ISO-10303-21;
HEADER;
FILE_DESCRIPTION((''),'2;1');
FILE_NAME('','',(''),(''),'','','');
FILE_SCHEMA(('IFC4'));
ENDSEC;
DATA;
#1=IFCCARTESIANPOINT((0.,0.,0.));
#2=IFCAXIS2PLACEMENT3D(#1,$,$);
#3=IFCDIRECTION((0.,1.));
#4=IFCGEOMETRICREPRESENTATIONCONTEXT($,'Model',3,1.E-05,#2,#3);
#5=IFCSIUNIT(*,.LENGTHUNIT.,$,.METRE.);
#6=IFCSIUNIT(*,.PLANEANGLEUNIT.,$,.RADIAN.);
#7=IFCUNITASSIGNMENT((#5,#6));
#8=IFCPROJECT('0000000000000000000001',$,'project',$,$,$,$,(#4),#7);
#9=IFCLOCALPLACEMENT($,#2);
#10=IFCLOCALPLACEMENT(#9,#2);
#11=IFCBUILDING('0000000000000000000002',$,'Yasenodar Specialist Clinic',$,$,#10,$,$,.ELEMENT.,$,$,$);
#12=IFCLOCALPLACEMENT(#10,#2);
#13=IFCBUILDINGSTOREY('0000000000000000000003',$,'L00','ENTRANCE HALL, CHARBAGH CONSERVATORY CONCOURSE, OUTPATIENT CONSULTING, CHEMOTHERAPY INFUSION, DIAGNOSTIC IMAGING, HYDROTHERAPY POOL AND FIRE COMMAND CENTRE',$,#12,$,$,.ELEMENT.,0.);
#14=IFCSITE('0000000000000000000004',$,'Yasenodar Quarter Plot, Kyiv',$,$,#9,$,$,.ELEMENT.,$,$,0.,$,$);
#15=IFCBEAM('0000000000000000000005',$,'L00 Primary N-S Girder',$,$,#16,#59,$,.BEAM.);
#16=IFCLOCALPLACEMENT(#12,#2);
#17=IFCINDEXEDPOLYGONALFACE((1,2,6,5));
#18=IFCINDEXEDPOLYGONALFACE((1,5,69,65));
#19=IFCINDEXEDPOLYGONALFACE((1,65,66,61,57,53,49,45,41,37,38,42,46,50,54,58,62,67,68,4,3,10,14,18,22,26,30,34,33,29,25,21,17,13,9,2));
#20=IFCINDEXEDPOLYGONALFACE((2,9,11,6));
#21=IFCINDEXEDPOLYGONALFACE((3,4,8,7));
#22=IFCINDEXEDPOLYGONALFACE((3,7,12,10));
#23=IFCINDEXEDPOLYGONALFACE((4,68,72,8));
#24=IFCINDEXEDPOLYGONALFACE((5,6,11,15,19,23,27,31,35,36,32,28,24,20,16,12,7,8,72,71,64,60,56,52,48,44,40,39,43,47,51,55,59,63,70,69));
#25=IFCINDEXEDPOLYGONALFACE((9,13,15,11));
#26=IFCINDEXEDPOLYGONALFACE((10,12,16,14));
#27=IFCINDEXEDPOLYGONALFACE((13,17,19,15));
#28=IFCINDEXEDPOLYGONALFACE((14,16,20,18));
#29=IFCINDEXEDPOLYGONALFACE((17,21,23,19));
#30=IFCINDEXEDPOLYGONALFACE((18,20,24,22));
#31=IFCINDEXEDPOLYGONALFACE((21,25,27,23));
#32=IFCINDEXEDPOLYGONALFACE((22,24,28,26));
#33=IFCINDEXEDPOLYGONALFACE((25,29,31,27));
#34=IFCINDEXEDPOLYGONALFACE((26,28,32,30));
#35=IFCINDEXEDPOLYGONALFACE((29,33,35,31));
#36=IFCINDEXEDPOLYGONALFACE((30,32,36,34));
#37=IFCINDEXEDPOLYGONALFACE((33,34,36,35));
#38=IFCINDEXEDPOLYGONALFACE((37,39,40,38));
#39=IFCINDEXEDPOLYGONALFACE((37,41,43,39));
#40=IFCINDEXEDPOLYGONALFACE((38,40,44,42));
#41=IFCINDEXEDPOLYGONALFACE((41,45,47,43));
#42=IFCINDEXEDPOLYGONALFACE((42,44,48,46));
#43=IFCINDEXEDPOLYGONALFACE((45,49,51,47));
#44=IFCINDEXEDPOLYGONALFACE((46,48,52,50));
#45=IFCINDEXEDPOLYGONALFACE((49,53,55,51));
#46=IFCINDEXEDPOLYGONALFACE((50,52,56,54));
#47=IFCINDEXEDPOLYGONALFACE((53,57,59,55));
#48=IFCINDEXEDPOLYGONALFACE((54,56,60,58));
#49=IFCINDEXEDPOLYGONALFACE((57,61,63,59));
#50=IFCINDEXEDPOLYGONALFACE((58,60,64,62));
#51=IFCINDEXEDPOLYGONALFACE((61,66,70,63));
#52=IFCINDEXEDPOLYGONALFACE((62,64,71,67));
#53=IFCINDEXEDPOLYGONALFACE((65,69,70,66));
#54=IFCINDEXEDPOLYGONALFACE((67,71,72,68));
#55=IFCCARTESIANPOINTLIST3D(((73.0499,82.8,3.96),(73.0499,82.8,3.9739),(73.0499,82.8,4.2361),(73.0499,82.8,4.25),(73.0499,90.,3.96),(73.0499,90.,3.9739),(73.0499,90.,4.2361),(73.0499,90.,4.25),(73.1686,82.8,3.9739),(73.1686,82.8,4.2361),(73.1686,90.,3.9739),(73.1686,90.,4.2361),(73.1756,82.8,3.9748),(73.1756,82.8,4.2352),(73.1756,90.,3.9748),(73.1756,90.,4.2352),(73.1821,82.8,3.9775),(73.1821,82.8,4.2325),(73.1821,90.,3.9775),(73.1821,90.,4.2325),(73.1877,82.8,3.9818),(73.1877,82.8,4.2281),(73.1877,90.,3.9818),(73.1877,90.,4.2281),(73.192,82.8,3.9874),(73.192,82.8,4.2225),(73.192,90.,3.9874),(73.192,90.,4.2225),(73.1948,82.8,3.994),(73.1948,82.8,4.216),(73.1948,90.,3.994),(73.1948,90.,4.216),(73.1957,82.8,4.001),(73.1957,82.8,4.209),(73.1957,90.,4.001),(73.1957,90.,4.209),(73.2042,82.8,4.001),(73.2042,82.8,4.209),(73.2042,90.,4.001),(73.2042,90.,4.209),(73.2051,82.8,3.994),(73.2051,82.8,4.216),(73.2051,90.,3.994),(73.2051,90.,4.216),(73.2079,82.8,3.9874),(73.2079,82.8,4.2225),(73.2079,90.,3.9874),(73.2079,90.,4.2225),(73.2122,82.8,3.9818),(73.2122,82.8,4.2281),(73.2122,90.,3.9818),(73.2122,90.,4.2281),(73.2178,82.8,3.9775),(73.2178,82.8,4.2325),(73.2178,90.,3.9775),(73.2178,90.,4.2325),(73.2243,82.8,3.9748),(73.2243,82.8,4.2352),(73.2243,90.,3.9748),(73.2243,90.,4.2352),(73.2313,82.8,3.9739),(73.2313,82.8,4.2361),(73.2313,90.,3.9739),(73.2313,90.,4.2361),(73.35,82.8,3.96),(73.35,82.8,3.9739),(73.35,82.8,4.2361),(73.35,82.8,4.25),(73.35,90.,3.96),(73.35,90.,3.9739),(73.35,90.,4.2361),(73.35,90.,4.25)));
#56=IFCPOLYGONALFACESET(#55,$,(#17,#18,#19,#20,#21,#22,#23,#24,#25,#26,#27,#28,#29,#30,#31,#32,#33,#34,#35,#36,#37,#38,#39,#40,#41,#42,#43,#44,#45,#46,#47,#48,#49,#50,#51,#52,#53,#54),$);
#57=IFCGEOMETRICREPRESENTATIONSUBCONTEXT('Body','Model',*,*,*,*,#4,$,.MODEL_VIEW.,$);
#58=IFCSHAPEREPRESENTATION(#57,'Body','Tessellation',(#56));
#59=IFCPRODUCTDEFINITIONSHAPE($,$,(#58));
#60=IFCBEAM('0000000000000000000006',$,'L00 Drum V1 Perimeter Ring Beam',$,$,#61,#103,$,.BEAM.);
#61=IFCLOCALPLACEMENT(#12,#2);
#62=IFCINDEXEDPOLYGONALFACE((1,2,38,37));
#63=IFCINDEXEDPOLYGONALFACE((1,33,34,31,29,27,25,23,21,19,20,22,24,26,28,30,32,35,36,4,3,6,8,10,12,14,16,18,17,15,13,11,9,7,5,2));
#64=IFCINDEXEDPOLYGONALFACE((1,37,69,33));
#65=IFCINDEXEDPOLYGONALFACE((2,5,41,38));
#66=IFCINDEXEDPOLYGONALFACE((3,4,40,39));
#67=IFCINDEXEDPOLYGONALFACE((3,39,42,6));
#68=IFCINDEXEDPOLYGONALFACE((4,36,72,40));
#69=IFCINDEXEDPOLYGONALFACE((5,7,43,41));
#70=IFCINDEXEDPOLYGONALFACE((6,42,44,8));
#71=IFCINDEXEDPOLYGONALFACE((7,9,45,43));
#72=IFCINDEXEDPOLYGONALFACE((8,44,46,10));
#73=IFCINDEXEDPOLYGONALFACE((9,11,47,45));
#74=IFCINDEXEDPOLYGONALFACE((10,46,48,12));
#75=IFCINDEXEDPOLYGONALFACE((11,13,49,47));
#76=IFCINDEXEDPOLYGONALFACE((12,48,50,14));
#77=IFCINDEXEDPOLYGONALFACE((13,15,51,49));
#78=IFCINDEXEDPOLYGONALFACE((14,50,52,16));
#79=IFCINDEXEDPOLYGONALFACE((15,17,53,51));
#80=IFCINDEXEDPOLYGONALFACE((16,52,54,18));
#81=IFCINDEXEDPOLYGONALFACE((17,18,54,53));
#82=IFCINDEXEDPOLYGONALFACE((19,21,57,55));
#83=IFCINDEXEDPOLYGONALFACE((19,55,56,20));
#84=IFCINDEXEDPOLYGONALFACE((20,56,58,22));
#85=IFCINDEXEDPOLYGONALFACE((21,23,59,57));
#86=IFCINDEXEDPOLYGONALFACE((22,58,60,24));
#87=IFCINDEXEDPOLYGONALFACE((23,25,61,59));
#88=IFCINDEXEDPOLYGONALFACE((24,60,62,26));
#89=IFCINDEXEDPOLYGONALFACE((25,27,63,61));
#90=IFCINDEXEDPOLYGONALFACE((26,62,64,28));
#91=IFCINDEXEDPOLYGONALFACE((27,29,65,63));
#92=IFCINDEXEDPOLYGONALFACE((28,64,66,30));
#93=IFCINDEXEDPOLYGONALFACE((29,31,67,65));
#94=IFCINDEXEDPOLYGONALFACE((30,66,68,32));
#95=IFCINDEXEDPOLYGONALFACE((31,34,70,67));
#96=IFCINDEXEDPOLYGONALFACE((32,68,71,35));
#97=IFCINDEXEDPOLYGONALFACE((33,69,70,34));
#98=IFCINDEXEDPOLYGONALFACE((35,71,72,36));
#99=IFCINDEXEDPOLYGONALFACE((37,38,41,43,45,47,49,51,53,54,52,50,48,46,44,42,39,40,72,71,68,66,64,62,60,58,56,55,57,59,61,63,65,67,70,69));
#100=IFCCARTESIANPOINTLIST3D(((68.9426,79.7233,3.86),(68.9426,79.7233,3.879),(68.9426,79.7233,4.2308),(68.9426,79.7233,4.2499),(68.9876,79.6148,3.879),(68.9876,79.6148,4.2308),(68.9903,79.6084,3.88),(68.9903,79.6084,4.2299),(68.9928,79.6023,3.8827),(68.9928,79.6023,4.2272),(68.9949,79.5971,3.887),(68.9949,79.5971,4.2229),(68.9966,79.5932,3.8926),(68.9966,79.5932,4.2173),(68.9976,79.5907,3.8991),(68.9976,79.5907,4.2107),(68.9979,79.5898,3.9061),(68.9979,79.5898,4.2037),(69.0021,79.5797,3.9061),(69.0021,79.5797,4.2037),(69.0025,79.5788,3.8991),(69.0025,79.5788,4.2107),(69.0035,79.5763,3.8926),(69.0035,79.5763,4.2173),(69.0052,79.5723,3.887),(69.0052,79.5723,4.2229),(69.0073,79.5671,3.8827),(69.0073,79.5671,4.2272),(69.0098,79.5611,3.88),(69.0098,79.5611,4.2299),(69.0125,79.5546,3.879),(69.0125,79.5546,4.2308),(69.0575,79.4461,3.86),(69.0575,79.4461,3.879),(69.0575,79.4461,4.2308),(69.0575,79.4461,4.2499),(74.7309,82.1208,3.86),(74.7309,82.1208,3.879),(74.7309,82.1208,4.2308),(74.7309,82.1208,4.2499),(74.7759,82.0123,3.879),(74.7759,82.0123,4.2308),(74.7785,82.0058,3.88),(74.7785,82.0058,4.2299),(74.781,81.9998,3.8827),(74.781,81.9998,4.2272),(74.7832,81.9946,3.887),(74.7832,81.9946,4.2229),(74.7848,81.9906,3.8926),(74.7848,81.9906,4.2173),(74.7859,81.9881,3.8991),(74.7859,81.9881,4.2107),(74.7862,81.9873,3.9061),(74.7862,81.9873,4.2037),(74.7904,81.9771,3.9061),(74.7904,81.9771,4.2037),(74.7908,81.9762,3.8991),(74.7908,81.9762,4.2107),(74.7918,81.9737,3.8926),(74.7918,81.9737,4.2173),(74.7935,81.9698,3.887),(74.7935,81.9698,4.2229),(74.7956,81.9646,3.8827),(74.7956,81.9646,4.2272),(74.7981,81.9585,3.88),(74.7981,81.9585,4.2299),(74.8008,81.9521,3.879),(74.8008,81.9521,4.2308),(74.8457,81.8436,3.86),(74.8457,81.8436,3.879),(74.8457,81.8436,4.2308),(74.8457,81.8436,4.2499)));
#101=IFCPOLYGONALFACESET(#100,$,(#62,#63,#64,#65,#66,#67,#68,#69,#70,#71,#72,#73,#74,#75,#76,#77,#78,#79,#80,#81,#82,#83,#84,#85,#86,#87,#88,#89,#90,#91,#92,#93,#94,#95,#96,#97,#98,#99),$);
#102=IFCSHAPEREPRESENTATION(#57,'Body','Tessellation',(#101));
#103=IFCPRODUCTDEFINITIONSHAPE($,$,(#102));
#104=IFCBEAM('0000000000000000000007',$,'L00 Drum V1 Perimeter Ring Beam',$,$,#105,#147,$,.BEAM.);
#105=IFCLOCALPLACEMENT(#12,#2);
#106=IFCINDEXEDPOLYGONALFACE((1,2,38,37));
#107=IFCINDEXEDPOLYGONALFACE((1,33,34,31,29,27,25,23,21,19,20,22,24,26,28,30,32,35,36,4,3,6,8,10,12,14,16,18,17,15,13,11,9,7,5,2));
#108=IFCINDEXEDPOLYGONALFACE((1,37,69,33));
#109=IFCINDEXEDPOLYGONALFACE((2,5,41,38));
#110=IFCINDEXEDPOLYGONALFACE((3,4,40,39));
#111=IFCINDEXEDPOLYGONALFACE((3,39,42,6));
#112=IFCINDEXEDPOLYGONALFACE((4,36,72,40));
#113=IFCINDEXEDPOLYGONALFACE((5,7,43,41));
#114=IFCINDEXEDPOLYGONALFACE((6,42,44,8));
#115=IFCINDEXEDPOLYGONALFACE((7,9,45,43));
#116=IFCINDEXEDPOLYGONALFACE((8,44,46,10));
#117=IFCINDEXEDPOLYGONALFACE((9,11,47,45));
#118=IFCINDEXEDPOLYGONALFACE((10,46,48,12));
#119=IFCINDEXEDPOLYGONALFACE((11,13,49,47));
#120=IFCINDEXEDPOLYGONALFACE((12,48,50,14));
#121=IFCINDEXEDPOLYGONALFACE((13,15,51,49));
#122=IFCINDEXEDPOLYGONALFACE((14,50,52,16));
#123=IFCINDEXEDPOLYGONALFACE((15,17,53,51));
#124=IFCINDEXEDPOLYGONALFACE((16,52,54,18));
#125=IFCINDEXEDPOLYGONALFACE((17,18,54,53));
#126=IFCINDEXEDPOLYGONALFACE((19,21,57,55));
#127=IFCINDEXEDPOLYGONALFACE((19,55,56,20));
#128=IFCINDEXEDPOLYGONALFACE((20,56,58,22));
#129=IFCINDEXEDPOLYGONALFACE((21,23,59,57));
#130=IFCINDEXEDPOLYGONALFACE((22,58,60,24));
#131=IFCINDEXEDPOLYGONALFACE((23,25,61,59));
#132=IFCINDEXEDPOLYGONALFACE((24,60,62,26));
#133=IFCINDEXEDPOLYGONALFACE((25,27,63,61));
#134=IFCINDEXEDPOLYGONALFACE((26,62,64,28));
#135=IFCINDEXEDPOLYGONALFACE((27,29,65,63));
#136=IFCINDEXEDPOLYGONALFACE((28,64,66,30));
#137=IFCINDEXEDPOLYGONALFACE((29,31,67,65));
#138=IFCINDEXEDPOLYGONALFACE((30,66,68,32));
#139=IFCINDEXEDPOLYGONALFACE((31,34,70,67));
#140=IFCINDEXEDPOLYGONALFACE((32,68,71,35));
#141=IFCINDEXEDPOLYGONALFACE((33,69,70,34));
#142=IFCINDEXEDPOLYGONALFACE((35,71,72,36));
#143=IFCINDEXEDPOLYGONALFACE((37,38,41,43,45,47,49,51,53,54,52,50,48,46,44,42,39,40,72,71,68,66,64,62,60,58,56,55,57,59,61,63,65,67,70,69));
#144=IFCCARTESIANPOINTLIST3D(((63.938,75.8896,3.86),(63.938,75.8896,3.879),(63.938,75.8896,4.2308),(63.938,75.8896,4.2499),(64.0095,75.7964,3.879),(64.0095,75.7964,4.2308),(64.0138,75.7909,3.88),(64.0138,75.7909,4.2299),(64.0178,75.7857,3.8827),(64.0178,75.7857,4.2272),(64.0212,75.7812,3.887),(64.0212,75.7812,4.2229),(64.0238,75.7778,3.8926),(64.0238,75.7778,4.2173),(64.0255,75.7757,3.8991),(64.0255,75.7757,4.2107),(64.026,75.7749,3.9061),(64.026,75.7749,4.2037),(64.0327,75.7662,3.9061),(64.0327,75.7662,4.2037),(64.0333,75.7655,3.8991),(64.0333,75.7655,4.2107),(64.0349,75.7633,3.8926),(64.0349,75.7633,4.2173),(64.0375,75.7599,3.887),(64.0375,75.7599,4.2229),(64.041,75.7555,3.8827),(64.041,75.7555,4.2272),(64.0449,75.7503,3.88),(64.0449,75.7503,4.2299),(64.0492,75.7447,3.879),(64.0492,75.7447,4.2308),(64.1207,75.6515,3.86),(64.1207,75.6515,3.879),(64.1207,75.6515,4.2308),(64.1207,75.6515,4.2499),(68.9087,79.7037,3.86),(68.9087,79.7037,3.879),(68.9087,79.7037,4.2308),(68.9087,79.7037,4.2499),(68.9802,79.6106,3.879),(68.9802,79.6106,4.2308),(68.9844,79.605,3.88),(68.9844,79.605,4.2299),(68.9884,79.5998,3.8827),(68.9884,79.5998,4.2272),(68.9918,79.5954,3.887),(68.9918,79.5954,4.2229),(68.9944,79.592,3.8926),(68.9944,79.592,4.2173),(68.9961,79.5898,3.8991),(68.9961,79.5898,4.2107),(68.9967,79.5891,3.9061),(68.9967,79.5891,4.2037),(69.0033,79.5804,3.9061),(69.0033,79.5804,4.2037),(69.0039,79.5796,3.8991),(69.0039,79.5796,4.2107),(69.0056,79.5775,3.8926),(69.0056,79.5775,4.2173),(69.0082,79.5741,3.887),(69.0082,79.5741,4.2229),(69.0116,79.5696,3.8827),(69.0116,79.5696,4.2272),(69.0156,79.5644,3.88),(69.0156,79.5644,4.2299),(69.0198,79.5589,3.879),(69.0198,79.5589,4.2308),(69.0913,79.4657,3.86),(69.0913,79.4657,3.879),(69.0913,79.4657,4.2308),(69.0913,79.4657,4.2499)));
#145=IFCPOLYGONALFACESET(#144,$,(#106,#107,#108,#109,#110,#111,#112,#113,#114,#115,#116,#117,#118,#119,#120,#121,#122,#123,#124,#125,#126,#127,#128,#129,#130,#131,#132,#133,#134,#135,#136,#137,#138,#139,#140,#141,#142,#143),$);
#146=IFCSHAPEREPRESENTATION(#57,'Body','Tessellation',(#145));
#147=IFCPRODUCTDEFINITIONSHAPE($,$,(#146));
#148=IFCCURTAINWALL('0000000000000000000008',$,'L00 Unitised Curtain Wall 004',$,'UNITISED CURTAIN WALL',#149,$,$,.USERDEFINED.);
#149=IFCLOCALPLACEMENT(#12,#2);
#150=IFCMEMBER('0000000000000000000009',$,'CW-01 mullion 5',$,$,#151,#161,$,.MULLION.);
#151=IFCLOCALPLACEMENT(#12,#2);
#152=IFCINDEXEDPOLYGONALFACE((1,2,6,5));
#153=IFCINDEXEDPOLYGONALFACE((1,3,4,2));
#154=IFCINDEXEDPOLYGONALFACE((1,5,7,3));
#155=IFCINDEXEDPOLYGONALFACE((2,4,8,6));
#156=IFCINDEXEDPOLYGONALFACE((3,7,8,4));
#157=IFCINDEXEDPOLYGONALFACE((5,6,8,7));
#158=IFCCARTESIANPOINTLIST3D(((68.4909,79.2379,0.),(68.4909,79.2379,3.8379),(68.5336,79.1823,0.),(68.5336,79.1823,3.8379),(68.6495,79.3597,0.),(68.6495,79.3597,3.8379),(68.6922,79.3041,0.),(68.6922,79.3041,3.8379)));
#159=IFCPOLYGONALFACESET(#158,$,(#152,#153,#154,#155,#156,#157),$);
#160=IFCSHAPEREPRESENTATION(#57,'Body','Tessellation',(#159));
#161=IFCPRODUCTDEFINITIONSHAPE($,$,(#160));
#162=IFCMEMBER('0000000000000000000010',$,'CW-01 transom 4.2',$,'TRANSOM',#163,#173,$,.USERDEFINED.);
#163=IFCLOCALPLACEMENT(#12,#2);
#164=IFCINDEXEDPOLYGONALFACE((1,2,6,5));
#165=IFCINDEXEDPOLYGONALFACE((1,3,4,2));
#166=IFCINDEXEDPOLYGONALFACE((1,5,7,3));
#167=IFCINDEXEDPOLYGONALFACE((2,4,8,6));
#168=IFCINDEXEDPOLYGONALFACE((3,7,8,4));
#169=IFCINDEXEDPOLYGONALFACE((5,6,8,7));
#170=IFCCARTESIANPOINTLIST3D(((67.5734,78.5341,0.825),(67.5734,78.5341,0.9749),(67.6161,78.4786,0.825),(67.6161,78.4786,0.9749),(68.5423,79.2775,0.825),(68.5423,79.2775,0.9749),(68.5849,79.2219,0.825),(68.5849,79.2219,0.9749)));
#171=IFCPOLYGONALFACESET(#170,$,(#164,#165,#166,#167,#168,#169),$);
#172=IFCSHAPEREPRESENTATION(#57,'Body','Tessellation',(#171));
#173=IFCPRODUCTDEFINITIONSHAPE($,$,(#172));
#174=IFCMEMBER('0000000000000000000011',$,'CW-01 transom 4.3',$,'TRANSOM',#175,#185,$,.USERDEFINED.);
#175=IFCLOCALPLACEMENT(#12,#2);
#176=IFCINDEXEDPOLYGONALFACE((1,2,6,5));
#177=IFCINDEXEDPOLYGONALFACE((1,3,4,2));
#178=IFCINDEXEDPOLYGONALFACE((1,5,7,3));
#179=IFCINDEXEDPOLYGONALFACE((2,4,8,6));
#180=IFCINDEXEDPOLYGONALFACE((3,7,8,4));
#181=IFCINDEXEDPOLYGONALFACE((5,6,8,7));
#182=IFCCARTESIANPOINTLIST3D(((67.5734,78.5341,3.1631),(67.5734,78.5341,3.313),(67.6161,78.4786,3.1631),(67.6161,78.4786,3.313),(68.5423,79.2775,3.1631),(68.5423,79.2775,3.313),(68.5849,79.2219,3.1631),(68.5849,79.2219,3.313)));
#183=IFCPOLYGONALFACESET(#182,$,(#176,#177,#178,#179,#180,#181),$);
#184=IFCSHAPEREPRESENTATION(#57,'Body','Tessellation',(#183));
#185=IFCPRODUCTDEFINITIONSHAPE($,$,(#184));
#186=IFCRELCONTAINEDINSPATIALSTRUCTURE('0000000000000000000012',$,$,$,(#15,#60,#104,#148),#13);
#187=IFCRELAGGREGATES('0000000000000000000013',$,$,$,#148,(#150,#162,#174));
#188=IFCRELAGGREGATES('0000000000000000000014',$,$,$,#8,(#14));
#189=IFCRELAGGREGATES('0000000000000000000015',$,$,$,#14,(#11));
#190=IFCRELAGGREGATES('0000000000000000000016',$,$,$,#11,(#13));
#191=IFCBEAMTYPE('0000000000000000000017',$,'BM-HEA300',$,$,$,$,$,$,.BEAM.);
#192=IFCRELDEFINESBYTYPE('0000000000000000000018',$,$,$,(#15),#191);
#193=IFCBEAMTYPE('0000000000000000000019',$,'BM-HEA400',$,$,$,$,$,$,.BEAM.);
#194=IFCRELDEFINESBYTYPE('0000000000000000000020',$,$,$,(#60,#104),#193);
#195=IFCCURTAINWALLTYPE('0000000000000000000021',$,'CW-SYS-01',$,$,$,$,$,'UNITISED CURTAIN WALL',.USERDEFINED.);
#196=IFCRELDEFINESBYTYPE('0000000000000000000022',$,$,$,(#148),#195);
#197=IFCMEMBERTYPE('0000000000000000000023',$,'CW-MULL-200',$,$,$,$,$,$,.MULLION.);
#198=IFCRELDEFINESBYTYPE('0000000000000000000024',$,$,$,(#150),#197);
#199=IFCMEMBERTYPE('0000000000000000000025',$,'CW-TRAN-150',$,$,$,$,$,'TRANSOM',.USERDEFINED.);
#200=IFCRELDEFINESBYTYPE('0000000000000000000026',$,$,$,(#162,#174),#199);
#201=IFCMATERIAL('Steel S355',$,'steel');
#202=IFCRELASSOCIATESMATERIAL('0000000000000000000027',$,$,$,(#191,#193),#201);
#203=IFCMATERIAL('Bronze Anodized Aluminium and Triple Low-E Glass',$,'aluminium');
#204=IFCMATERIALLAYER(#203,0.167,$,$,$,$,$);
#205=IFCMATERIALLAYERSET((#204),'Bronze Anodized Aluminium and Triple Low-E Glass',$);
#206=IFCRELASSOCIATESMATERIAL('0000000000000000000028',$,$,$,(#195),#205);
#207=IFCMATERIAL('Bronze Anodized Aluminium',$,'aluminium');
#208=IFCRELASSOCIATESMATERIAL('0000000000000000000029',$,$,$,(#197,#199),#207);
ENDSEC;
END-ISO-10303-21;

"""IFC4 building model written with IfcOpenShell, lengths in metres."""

from ifc_helpers import new_model, si_unit, direction, frame, origin, origin_2d, place, context, subcontext, project, spatial, rectangle, i_section, extrude, material, layer, layer_set, material_profile, profile_set, type_object, element, aggregate, save


model = new_model("IFC4")

# Units and contexts
model_context = context("Model", 3, precision=1e-05, world=origin(), true_north=direction((0.0, 1.0)))
body_context = subcontext(model_context, "Body", "Model", "MODEL_VIEW")
ifc_project = project(units=[si_unit("LENGTHUNIT", "METRE"), si_unit("PLANEANGLEUNIT", "RADIAN")], contexts=[model_context])

# Site, building, storey
site_placement = place(None, origin())
site = spatial("IfcSite", under=ifc_project, at=site_placement, Name="Yasenodar Quarter Plot, Kyiv", CompositionType="ELEMENT", RefElevation=0.0)
building_placement = place(site_placement, origin())
building = spatial("IfcBuilding", under=site, at=building_placement, Name="Yasenodar Specialist Clinic", CompositionType="ELEMENT")
storey_placement = place(building_placement, origin())
storey = spatial("IfcBuildingStorey", under=building, at=storey_placement, Name="L00", Description="ENTRANCE HALL, CHARBAGH CONSERVATORY CONCOURSE, OUTPATIENT CONSULTING, CHEMOTHERAPY INFUSION, DIAGNOSTIC IMAGING, HYDROTHERAPY POOL AND FIRE COMMAND CENTRE", CompositionType="ELEMENT", Elevation=0.0)

# Shared definitions
ifc_material_1 = material(Name="Steel S355", Category="steel")

# Beams
ifc_material_profile_1 = material_profile(ifc_material_1, i_section(OverallWidth=0.3, OverallDepth=0.29, WebThickness=0.0085, FlangeThickness=0.0139, FilletRadius=0.0271, at=origin_2d()), Name="HEA 300")
ifc_profile_set_1 = profile_set([ifc_material_profile_1], Name="Steel S355")
beam_type_1 = type_object("IfcBeamType", Name="BM-HEA300", PredefinedType="BEAM", material=ifc_profile_set_1)
beam_1_placement = place(storey_placement, frame((73.2, 82.8, 4.105), z_axis=(0.0, 1.0, 0.0), x_axis=(-1.0, 0.0, 0.0)))
element("IfcBeam", 1, at=beam_1_placement, inside=storey, type_object=beam_type_1, Name="L00 Primary N-S Girder", PredefinedType="BEAM", context=body_context, shape_type="SweptSolid", body=[
    extrude(i_section(OverallWidth=0.3, OverallDepth=0.29, WebThickness=0.0085, FlangeThickness=0.0139, FilletRadius=0.0271, at=origin_2d()), origin(), (0.0, 0.0, 1.0), 7.2),
])
ifc_material_profile_2 = material_profile(ifc_material_1, i_section(OverallWidth=0.3, OverallDepth=0.3899, WebThickness=0.011, FlangeThickness=0.019, FilletRadius=0.0271, at=origin_2d()), Name="HEA 400")
ifc_profile_set_2 = profile_set([ifc_material_profile_2], Name="Steel S355")
beam_type_2 = type_object("IfcBeamType", Name="BM-HEA400", PredefinedType="BEAM", material=ifc_profile_set_2)
beam_2_placement = place(storey_placement, frame((74.7883, 81.9822, 4.0549), z_axis=(-0.923888, -0.382664, 0.0), x_axis=(0.382664, -0.923888, 0.0)))
element("IfcBeam", 2, at=beam_2_placement, inside=storey, type_object=beam_type_2, Name="L00 Drum V1 Perimeter Ring Beam", PredefinedType="BEAM", context=body_context, shape_type="SweptSolid", body=[
    extrude(i_section(OverallWidth=0.3, OverallDepth=0.3899, WebThickness=0.011, FlangeThickness=0.019, FilletRadius=0.0271, at=origin_2d()), origin(), (0.0, 0.0, 1.0), 6.2651),
])
beam_3_placement = place(storey_placement, frame((69.0, 79.5847, 4.0549), z_axis=(-0.793349, -0.608767, 0.0), x_axis=(0.608767, -0.793349, 0.0)))
element("IfcBeam", 3, at=beam_3_placement, inside=storey, type_object=beam_type_2, Name="L00 Drum V1 Perimeter Ring Beam", PredefinedType="BEAM", context=body_context, shape_type="SweptSolid", body=[
    extrude(i_section(OverallWidth=0.3, OverallDepth=0.3899, WebThickness=0.011, FlangeThickness=0.019, FilletRadius=0.0271, at=origin_2d()), origin(), (0.0, 0.0, 1.0), 6.2654),
])

# Curtain wall, members
ifc_material_2 = material(Name="Bronze Anodized Aluminium and Triple Low-E Glass", Category="aluminium")
ifc_layer_1 = layer(ifc_material_2, 0.167)
ifc_layer_set_1 = layer_set([ifc_layer_1], Name="Bronze Anodized Aluminium and Triple Low-E Glass")
curtain_wall_type = type_object("IfcCurtainWallType", Name="CW-SYS-01", ElementType="UNITISED CURTAIN WALL", PredefinedType="USERDEFINED", material=ifc_layer_set_1)
curtain_wall_placement = place(storey_placement, origin())
curtain_wall = element("IfcCurtainWall", 4, at=curtain_wall_placement, inside=storey, type_object=curtain_wall_type, Name="L00 Unitised Curtain Wall 004", ObjectType="UNITISED CURTAIN WALL", PredefinedType="USERDEFINED")
ifc_material_3 = material(Name="Bronze Anodized Aluminium", Category="aluminium")
ifc_material_profile_3 = material_profile(ifc_material_3, rectangle(XDim=0.0701, YDim=0.2, at=origin_2d()), Name="CW-MULL 70x200")
ifc_profile_set_3 = profile_set([ifc_material_profile_3], Name="Bronze Anodized Aluminium")
member_type_1 = type_object("IfcMemberType", Name="CW-MULL-200", PredefinedType="MULLION", material=ifc_profile_set_3)
member_1_placement = place(storey_placement, frame((68.5916, 79.271, 0.0), z_axis=(0.0, 0.0, 1.0), x_axis=(-0.608752, 0.793361, 0.0)))
member_1 = element("IfcMember", 5, at=member_1_placement, type_object=member_type_1, Name="CW-01 mullion 5", PredefinedType="MULLION", context=body_context, shape_type="SweptSolid", body=[
    extrude(rectangle(XDim=0.0701, YDim=0.2, at=origin_2d()), origin(), (0.0, 0.0, 1.0), 3.8379),
])
ifc_material_profile_4 = material_profile(ifc_material_3, rectangle(XDim=0.0701, YDim=0.1499, at=origin_2d()), Name="CW-TRAN 70x150")
ifc_profile_set_4 = profile_set([ifc_material_profile_4], Name="Bronze Anodized Aluminium")
member_type_2 = type_object("IfcMemberType", Name="CW-TRAN-150", ElementType="TRANSOM", PredefinedType="USERDEFINED", material=ifc_profile_set_4)
member_2_placement = place(storey_placement, frame((67.5947, 78.5063, 0.8999), z_axis=(0.793404, 0.608696, 0.0), x_axis=(-0.608696, 0.793404, 0.0)))
member_2 = element("IfcMember", 6, at=member_2_placement, type_object=member_type_2, Name="CW-01 transom 4.2", ObjectType="TRANSOM", PredefinedType="USERDEFINED", context=body_context, shape_type="SweptSolid", body=[
    extrude(rectangle(XDim=0.0701, YDim=0.1499, at=origin_2d()), origin(), (0.0, 0.0, 1.0), 1.2212),
])
member_3_placement = place(storey_placement, frame((67.5947, 78.5063, 3.238), z_axis=(0.793404, 0.608696, 0.0), x_axis=(-0.608696, 0.793404, 0.0)))
member_3 = element("IfcMember", 7, at=member_3_placement, type_object=member_type_2, Name="CW-01 transom 4.3", ObjectType="TRANSOM", PredefinedType="USERDEFINED", context=body_context, shape_type="SweptSolid", body=[
    extrude(rectangle(XDim=0.0701, YDim=0.1499, at=origin_2d()), origin(), (0.0, 0.0, 1.0), 1.2212),
])
aggregate(curtain_wall, [member_1, member_2, member_3])

save(model, "model.ifc")
